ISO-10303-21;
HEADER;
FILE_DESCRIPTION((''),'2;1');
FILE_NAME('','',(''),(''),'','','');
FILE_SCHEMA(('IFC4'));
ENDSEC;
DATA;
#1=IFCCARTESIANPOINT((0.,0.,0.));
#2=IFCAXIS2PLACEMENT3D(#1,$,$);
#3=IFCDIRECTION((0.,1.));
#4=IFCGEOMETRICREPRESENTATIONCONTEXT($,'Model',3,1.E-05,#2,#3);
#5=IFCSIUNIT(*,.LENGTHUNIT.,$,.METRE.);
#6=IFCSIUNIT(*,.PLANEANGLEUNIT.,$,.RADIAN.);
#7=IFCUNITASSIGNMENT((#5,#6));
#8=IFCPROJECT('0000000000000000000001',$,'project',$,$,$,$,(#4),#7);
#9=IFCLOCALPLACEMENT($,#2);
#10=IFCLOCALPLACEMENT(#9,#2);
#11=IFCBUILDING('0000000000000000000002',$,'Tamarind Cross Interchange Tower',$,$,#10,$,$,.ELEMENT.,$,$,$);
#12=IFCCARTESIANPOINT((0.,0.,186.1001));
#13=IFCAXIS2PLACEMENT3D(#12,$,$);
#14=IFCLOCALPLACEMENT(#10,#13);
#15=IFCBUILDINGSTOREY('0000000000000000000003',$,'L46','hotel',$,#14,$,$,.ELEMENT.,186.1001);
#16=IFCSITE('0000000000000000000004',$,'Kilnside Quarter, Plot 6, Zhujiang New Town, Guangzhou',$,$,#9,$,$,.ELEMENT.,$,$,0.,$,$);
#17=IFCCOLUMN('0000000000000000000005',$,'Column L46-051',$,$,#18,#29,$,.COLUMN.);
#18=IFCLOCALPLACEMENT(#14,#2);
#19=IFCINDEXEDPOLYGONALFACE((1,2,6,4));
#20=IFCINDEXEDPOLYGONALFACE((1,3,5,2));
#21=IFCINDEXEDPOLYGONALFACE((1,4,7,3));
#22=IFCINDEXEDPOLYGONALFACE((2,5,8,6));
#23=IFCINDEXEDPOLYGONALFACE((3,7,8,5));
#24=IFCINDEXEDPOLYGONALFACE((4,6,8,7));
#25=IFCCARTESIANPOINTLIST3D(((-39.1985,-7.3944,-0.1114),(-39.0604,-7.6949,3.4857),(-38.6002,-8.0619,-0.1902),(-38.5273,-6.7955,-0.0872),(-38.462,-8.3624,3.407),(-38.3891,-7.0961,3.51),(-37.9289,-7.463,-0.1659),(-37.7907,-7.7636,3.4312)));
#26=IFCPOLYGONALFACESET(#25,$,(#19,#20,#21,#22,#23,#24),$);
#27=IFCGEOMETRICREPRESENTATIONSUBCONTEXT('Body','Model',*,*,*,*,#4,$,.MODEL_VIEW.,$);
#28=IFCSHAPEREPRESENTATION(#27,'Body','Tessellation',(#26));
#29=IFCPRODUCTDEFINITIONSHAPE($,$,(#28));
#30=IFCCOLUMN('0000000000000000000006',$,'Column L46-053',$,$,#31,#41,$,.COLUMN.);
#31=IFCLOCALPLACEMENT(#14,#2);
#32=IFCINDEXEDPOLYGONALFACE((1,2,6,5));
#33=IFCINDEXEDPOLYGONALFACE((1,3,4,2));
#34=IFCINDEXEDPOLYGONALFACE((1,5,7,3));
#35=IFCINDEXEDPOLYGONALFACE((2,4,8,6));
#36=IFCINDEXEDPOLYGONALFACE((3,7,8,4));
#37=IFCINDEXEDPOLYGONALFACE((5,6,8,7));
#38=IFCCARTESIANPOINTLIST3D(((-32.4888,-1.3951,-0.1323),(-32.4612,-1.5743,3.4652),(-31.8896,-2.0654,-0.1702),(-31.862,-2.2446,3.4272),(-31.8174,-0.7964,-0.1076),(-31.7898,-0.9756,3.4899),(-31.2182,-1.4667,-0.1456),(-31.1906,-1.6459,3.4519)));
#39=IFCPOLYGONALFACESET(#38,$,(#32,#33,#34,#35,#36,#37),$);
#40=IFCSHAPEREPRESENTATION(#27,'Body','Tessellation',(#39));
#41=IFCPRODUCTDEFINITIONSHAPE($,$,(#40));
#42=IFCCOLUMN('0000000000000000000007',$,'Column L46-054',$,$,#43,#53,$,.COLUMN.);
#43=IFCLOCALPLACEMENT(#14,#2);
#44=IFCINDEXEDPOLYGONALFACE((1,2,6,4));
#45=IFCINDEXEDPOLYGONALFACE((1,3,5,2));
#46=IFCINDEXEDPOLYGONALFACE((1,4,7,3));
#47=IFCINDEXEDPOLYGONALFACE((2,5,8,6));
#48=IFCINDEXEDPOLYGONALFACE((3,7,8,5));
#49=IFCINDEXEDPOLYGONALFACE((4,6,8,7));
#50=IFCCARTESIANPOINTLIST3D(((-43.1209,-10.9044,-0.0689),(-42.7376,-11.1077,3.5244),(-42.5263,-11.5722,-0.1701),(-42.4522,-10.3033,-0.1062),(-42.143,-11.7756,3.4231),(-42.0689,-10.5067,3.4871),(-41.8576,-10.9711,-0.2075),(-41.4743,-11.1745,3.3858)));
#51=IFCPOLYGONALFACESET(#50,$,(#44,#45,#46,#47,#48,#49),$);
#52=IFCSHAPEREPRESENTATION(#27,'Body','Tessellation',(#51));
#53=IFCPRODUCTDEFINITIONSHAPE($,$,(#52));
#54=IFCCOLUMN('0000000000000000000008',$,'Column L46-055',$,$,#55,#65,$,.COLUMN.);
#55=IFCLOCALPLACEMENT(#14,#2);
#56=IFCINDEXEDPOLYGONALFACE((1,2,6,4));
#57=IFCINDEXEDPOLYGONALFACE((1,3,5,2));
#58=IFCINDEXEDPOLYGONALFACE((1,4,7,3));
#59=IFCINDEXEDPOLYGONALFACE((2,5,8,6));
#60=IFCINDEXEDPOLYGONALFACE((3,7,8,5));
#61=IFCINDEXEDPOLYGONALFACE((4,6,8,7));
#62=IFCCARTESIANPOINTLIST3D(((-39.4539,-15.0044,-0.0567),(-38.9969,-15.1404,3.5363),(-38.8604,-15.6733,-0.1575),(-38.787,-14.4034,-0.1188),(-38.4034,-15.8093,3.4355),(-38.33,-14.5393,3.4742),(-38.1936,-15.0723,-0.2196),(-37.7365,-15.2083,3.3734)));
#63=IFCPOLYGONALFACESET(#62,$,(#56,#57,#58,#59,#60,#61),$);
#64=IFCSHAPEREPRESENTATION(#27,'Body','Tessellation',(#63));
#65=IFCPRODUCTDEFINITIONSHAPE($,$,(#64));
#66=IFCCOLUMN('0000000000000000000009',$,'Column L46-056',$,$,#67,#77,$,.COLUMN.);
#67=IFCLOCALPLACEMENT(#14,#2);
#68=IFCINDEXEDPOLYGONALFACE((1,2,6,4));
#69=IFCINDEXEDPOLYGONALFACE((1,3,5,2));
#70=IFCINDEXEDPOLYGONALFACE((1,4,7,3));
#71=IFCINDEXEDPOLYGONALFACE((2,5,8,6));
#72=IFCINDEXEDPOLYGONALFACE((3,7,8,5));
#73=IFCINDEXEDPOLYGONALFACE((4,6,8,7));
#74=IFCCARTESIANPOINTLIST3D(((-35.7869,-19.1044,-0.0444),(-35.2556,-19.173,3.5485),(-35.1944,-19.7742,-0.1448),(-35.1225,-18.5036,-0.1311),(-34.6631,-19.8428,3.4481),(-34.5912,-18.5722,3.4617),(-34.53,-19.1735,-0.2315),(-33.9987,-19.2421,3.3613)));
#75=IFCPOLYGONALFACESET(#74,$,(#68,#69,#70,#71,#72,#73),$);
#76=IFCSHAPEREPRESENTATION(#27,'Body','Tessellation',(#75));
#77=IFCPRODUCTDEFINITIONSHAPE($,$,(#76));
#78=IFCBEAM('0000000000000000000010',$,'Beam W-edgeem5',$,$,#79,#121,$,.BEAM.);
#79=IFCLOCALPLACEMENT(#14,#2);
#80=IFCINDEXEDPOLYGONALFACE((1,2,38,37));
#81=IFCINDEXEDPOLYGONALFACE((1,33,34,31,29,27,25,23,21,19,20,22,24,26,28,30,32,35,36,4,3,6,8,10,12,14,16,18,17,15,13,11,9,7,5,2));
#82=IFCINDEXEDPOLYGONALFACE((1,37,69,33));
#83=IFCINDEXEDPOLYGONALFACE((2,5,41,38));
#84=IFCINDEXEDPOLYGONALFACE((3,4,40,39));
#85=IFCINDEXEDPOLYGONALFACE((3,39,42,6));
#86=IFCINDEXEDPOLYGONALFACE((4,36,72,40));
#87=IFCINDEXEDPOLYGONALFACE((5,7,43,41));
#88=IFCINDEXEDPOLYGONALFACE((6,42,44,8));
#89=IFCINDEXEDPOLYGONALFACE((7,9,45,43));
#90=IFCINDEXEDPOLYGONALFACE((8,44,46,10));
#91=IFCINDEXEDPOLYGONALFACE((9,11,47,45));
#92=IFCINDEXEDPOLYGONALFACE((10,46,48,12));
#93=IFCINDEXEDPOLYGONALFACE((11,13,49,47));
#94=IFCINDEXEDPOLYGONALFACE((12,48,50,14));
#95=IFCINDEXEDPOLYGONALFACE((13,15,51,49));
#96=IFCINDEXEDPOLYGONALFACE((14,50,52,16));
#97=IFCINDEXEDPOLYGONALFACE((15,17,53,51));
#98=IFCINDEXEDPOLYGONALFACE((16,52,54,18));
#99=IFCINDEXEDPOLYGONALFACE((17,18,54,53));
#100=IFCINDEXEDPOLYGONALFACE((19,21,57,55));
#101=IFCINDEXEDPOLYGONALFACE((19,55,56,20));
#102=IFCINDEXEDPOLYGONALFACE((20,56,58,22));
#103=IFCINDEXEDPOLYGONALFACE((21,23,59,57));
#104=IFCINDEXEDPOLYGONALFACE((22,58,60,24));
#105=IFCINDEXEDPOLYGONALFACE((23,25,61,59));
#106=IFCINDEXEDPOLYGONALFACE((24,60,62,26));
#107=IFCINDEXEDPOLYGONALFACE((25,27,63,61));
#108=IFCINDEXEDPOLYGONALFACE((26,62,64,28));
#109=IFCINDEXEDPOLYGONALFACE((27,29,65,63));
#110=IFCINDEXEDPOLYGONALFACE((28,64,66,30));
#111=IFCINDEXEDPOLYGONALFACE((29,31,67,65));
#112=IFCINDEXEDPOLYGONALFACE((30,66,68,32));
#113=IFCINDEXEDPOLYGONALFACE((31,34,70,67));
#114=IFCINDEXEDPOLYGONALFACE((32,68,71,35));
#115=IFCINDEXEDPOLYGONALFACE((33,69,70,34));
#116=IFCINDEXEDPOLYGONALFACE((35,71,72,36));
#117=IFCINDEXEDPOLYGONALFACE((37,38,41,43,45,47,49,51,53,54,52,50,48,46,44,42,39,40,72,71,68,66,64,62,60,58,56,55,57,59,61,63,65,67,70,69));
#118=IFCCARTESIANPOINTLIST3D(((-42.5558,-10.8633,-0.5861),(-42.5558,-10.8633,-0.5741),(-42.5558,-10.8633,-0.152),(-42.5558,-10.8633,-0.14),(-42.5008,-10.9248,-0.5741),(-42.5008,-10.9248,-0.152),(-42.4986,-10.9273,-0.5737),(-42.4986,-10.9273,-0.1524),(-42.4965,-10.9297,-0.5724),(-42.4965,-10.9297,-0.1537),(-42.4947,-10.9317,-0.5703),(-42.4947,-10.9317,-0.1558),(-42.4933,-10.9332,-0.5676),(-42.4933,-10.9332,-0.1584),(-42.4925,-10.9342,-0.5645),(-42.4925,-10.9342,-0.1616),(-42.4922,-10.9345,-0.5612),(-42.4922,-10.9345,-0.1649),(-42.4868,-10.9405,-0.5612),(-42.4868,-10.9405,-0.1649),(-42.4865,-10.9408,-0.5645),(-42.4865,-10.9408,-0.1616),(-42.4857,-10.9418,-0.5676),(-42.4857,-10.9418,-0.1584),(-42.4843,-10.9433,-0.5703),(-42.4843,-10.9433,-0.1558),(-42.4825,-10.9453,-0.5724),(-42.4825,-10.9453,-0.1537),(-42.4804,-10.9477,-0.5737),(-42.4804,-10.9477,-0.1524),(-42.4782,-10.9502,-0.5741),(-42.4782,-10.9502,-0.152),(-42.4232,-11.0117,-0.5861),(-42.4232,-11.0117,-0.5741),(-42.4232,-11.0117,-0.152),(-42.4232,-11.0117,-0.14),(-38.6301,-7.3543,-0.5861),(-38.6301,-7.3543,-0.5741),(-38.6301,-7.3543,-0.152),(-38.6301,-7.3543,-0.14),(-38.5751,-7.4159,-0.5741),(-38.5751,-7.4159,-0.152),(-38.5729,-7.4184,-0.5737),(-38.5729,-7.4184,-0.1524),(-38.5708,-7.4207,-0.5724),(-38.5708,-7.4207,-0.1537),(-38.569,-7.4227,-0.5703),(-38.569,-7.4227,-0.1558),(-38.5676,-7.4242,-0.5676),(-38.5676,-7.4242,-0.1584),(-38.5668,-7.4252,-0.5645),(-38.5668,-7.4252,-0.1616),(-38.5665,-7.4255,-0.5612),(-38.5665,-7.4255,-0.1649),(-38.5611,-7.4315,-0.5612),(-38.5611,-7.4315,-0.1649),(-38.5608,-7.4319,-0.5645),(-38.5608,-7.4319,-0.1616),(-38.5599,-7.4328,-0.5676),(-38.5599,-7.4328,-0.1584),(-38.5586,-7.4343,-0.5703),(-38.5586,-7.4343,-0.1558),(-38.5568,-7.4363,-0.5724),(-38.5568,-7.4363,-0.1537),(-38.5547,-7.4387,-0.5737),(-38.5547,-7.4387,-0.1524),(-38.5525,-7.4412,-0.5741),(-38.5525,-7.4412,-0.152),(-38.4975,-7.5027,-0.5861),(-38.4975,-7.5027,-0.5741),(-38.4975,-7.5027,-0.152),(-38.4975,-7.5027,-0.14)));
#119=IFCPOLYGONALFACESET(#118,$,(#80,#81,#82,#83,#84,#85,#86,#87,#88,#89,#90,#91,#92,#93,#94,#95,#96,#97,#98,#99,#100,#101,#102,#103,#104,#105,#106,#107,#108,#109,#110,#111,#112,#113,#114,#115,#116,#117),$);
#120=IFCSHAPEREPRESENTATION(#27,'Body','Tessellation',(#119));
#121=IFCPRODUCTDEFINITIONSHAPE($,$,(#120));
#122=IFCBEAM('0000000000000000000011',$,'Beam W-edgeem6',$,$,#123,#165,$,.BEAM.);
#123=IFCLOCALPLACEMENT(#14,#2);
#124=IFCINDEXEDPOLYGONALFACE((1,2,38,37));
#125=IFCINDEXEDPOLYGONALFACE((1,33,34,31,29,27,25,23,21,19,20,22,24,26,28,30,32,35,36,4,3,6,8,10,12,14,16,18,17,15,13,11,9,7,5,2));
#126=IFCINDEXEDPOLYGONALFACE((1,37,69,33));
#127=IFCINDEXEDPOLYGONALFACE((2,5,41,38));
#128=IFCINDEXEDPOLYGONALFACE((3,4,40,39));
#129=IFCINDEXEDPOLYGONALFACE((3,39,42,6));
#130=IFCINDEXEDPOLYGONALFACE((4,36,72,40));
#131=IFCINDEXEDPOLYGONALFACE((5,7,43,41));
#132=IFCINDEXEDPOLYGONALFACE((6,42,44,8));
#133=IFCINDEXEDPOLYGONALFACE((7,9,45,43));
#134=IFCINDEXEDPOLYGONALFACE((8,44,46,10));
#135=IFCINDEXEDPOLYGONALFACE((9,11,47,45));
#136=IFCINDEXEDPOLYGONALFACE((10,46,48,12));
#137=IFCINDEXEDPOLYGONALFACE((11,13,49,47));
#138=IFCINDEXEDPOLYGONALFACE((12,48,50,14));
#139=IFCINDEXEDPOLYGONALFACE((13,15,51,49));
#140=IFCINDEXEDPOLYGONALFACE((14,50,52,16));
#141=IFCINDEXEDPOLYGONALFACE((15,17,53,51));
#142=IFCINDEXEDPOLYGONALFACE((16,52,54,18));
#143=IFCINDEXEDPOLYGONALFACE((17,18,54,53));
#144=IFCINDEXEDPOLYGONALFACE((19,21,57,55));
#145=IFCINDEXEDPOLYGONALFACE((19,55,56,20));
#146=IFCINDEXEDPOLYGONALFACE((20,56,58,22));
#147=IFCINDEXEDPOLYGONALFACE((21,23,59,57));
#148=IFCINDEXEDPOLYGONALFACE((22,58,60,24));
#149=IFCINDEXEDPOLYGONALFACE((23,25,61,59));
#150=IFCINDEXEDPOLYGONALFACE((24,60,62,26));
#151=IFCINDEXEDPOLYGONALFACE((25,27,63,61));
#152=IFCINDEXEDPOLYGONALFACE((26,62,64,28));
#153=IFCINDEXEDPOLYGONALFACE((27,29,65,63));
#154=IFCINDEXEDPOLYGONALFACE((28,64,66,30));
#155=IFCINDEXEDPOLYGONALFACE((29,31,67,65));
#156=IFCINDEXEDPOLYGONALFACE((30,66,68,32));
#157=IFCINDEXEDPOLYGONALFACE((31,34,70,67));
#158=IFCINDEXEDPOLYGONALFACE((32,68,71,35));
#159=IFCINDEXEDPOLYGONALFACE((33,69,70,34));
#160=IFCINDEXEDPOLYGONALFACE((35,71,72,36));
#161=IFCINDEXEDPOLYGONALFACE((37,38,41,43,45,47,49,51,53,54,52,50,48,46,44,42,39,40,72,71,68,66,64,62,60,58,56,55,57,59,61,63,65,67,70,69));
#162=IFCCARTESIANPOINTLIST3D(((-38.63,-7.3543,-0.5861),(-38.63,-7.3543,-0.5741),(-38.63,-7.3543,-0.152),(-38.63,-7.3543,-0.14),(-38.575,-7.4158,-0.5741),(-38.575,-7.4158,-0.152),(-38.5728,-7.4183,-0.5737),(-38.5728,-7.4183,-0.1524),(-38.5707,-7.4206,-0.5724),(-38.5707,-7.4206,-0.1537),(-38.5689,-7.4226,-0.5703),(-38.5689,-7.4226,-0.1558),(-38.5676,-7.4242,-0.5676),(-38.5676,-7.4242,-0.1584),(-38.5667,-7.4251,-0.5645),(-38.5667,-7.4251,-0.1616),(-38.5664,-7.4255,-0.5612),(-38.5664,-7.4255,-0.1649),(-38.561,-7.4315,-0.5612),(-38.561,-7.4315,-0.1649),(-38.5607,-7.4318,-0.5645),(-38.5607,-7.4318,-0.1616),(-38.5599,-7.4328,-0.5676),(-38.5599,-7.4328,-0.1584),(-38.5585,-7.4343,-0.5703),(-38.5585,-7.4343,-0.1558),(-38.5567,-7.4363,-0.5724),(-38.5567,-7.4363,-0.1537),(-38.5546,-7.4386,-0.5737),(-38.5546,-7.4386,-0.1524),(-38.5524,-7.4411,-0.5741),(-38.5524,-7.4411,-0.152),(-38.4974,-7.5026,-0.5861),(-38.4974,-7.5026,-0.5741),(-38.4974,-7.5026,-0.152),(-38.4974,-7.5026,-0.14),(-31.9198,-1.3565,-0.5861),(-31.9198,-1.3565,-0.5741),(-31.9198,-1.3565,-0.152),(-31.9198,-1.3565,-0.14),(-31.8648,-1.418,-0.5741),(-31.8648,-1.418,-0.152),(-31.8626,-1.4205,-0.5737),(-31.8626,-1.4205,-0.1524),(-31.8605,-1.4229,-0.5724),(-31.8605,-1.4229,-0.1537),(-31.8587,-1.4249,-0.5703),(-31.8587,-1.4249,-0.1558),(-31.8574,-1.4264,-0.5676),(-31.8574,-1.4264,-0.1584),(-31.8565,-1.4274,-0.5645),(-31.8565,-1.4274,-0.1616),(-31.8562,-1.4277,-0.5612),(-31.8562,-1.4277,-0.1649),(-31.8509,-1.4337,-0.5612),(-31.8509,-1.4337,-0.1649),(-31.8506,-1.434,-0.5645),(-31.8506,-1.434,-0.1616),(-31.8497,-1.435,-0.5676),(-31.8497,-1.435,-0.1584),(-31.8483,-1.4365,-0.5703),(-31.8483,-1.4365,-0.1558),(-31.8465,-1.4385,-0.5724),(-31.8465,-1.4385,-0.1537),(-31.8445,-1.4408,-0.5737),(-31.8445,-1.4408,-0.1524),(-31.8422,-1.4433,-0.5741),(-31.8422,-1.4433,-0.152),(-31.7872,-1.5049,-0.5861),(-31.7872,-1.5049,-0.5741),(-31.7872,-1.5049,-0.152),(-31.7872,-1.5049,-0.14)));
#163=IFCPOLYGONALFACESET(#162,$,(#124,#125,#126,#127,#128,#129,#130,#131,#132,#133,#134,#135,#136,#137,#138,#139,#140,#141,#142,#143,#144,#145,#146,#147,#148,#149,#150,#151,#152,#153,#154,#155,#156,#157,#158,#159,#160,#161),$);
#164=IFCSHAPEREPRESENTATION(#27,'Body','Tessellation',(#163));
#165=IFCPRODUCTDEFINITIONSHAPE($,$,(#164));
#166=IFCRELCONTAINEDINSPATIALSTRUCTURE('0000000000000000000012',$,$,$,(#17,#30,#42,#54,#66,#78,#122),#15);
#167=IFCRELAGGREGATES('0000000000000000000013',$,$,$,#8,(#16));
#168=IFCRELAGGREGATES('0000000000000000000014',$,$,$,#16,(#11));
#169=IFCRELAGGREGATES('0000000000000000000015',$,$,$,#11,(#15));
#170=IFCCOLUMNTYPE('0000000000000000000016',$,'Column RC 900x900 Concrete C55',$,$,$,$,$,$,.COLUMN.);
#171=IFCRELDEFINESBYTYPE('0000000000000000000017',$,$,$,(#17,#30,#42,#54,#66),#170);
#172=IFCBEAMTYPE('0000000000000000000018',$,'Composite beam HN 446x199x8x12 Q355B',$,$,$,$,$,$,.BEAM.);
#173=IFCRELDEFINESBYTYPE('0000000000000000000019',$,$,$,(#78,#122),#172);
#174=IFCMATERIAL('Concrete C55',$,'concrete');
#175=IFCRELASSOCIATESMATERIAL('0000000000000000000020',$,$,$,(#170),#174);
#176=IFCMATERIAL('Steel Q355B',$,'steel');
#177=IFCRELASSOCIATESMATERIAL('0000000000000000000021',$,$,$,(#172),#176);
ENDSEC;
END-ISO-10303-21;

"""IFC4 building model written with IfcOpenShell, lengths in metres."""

from ifc_helpers import new_model, si_unit, direction, frame, origin, origin_2d, place, context, subcontext, project, spatial, rectangle, i_section, extrude, material, material_profile, profile_set, type_object, element, save


model = new_model("IFC4")

# Units and contexts
model_context = context("Model", 3, precision=1e-05, world=origin(), true_north=direction((0.0, 1.0)))
body_context = subcontext(model_context, "Body", "Model", "MODEL_VIEW")
ifc_project = project(units=[si_unit("LENGTHUNIT", "METRE"), si_unit("PLANEANGLEUNIT", "RADIAN")], contexts=[model_context])

# Site, building, storey
site_placement = place(None, origin())
site = spatial("IfcSite", under=ifc_project, at=site_placement, Name="Kilnside Quarter, Plot 6, Zhujiang New Town, Guangzhou", CompositionType="ELEMENT", RefElevation=0.0)
building_placement = place(site_placement, origin())
building = spatial("IfcBuilding", under=site, at=building_placement, Name="Tamarind Cross Interchange Tower", CompositionType="ELEMENT")
storey_placement = place(building_placement, frame((0.0, 0.0, 186.1001)))
storey = spatial("IfcBuildingStorey", under=building, at=storey_placement, Name="L46", Description="hotel", CompositionType="ELEMENT", Elevation=186.1001)

# Columns
ifc_material_1 = material(Name="Concrete C55", Category="concrete")
ifc_material_profile_1 = material_profile(ifc_material_1, rectangle(XDim=0.8999, YDim=0.8999, at=origin_2d()), Name="RC 900x900")
ifc_profile_set_1 = profile_set([ifc_material_profile_1], Name="Concrete C55")
column_type = type_object("IfcColumnType", Name="Column RC 900x900 Concrete C55", PredefinedType="COLUMN", material=ifc_profile_set_1)
column_1_placement = place(storey_placement, frame((-38.5637, -7.4287, -0.1387), z_axis=(0.038253, -0.083197, 0.995799), x_axis=(0.745917, 0.665494, 0.026947)))
element("IfcColumn", 1, at=column_1_placement, inside=storey, type_object=column_type, Name="Column L46-051", PredefinedType="COLUMN", context=body_context, shape_type="SweptSolid", body=[
    extrude(rectangle(XDim=0.8999, YDim=0.8999, at=origin_2d()), origin(), (0.0, 0.0, 1.0), 3.6123),
])
column_2_placement = place(storey_placement, frame((-31.8535, -1.4309, -0.1389), z_axis=(0.007659, -0.04975, 0.998732), x_axis=(0.746045, 0.665331, 0.027421)))
element("IfcColumn", 2, at=column_2_placement, inside=storey, type_object=column_type, Name="Column L46-053", PredefinedType="COLUMN", context=body_context, shape_type="SweptSolid", body=[
    extrude(rectangle(XDim=0.8999, YDim=0.8999, at=origin_2d()), origin(), (0.0, 0.0, 1.0), 3.6021),
])
column_3_placement = place(storey_placement, frame((-42.4893, -10.9377, -0.1382), z_axis=(0.105903, -0.056189, 0.992788), x_axis=(-0.660781, 0.742102, 0.112488)))
element("IfcColumn", 3, at=column_3_placement, inside=storey, type_object=column_type, Name="Column L46-054", PredefinedType="COLUMN", context=body_context, shape_type="SweptSolid", body=[
    extrude(rectangle(XDim=0.8999, YDim=0.8999, at=origin_2d()), origin(), (0.0, 0.0, 1.0), 3.6194),
])
column_4_placement = place(storey_placement, frame((-38.8237, -15.0383, -0.1382), z_axis=(0.126094, -0.037518, 0.991309), x_axis=(-0.65948, 0.743329, 0.112019)))
element("IfcColumn", 4, at=column_4_placement, inside=storey, type_object=column_type, Name="Column L46-055", PredefinedType="COLUMN", context=body_context, shape_type="SweptSolid", body=[
    extrude(rectangle(XDim=0.8999, YDim=0.8999, at=origin_2d()), origin(), (0.0, 0.0, 1.0), 3.6245),
])
column_5_placement = place(storey_placement, frame((-35.1584, -19.1389, -0.1379), z_axis=(0.14625, -0.018886, 0.989067), x_axis=(-0.658425, 0.744331, 0.111572)))
element("IfcColumn", 5, at=column_5_placement, inside=storey, type_object=column_type, Name="Column L46-056", PredefinedType="COLUMN", context=body_context, shape_type="SweptSolid", body=[
    extrude(rectangle(XDim=0.8999, YDim=0.8999, at=origin_2d()), origin(), (0.0, 0.0, 1.0), 3.6326),
])

# Beams
ifc_material_2 = material(Name="Steel Q355B", Category="steel")
ifc_material_profile_2 = material_profile(ifc_material_2, i_section(OverallWidth=0.199, OverallDepth=0.446, WebThickness=0.0081, FlangeThickness=0.012, FilletRadius=0.0129, at=origin_2d()), Name="HN 446x199x8x12")
ifc_profile_set_2 = profile_set([ifc_material_profile_2], Name="Steel Q355B")
beam_type_1 = type_object("IfcBeamType", Name="Composite beam HN 446x199x8x12 Q355B", PredefinedType="BEAM", material=ifc_profile_set_2)
beam_1_placement = place(storey_placement, frame((-42.4895, -10.9375, -0.363), z_axis=(0.745572, 0.666425, 0.0), x_axis=(-0.666425, 0.745572, 0.0)))
element("IfcBeam", 6, at=beam_1_placement, inside=storey, type_object=beam_type_1, Name="Beam W-edgeem5", PredefinedType="BEAM", context=body_context, shape_type="SweptSolid", body=[
    extrude(i_section(OverallWidth=0.199, OverallDepth=0.446, WebThickness=0.0081, FlangeThickness=0.012, FilletRadius=0.0129, at=origin_2d()), origin(), (0.0, 0.0, 1.0), 5.2654),
])
beam_2_placement = place(storey_placement, frame((-38.5637, -7.4285, -0.363), z_axis=(0.745576, 0.666421, 0.0), x_axis=(-0.666421, 0.745576, 0.0)))
element("IfcBeam", 7, at=beam_2_placement, inside=storey, type_object=beam_type_1, Name="Beam W-edgeem6", PredefinedType="BEAM", context=body_context, shape_type="SweptSolid", body=[
    extrude(i_section(OverallWidth=0.199, OverallDepth=0.446, WebThickness=0.0081, FlangeThickness=0.012, FilletRadius=0.0129, at=origin_2d()), origin(), (0.0, 0.0, 1.0), 9.0),
])

save(model, "model.ifc")
